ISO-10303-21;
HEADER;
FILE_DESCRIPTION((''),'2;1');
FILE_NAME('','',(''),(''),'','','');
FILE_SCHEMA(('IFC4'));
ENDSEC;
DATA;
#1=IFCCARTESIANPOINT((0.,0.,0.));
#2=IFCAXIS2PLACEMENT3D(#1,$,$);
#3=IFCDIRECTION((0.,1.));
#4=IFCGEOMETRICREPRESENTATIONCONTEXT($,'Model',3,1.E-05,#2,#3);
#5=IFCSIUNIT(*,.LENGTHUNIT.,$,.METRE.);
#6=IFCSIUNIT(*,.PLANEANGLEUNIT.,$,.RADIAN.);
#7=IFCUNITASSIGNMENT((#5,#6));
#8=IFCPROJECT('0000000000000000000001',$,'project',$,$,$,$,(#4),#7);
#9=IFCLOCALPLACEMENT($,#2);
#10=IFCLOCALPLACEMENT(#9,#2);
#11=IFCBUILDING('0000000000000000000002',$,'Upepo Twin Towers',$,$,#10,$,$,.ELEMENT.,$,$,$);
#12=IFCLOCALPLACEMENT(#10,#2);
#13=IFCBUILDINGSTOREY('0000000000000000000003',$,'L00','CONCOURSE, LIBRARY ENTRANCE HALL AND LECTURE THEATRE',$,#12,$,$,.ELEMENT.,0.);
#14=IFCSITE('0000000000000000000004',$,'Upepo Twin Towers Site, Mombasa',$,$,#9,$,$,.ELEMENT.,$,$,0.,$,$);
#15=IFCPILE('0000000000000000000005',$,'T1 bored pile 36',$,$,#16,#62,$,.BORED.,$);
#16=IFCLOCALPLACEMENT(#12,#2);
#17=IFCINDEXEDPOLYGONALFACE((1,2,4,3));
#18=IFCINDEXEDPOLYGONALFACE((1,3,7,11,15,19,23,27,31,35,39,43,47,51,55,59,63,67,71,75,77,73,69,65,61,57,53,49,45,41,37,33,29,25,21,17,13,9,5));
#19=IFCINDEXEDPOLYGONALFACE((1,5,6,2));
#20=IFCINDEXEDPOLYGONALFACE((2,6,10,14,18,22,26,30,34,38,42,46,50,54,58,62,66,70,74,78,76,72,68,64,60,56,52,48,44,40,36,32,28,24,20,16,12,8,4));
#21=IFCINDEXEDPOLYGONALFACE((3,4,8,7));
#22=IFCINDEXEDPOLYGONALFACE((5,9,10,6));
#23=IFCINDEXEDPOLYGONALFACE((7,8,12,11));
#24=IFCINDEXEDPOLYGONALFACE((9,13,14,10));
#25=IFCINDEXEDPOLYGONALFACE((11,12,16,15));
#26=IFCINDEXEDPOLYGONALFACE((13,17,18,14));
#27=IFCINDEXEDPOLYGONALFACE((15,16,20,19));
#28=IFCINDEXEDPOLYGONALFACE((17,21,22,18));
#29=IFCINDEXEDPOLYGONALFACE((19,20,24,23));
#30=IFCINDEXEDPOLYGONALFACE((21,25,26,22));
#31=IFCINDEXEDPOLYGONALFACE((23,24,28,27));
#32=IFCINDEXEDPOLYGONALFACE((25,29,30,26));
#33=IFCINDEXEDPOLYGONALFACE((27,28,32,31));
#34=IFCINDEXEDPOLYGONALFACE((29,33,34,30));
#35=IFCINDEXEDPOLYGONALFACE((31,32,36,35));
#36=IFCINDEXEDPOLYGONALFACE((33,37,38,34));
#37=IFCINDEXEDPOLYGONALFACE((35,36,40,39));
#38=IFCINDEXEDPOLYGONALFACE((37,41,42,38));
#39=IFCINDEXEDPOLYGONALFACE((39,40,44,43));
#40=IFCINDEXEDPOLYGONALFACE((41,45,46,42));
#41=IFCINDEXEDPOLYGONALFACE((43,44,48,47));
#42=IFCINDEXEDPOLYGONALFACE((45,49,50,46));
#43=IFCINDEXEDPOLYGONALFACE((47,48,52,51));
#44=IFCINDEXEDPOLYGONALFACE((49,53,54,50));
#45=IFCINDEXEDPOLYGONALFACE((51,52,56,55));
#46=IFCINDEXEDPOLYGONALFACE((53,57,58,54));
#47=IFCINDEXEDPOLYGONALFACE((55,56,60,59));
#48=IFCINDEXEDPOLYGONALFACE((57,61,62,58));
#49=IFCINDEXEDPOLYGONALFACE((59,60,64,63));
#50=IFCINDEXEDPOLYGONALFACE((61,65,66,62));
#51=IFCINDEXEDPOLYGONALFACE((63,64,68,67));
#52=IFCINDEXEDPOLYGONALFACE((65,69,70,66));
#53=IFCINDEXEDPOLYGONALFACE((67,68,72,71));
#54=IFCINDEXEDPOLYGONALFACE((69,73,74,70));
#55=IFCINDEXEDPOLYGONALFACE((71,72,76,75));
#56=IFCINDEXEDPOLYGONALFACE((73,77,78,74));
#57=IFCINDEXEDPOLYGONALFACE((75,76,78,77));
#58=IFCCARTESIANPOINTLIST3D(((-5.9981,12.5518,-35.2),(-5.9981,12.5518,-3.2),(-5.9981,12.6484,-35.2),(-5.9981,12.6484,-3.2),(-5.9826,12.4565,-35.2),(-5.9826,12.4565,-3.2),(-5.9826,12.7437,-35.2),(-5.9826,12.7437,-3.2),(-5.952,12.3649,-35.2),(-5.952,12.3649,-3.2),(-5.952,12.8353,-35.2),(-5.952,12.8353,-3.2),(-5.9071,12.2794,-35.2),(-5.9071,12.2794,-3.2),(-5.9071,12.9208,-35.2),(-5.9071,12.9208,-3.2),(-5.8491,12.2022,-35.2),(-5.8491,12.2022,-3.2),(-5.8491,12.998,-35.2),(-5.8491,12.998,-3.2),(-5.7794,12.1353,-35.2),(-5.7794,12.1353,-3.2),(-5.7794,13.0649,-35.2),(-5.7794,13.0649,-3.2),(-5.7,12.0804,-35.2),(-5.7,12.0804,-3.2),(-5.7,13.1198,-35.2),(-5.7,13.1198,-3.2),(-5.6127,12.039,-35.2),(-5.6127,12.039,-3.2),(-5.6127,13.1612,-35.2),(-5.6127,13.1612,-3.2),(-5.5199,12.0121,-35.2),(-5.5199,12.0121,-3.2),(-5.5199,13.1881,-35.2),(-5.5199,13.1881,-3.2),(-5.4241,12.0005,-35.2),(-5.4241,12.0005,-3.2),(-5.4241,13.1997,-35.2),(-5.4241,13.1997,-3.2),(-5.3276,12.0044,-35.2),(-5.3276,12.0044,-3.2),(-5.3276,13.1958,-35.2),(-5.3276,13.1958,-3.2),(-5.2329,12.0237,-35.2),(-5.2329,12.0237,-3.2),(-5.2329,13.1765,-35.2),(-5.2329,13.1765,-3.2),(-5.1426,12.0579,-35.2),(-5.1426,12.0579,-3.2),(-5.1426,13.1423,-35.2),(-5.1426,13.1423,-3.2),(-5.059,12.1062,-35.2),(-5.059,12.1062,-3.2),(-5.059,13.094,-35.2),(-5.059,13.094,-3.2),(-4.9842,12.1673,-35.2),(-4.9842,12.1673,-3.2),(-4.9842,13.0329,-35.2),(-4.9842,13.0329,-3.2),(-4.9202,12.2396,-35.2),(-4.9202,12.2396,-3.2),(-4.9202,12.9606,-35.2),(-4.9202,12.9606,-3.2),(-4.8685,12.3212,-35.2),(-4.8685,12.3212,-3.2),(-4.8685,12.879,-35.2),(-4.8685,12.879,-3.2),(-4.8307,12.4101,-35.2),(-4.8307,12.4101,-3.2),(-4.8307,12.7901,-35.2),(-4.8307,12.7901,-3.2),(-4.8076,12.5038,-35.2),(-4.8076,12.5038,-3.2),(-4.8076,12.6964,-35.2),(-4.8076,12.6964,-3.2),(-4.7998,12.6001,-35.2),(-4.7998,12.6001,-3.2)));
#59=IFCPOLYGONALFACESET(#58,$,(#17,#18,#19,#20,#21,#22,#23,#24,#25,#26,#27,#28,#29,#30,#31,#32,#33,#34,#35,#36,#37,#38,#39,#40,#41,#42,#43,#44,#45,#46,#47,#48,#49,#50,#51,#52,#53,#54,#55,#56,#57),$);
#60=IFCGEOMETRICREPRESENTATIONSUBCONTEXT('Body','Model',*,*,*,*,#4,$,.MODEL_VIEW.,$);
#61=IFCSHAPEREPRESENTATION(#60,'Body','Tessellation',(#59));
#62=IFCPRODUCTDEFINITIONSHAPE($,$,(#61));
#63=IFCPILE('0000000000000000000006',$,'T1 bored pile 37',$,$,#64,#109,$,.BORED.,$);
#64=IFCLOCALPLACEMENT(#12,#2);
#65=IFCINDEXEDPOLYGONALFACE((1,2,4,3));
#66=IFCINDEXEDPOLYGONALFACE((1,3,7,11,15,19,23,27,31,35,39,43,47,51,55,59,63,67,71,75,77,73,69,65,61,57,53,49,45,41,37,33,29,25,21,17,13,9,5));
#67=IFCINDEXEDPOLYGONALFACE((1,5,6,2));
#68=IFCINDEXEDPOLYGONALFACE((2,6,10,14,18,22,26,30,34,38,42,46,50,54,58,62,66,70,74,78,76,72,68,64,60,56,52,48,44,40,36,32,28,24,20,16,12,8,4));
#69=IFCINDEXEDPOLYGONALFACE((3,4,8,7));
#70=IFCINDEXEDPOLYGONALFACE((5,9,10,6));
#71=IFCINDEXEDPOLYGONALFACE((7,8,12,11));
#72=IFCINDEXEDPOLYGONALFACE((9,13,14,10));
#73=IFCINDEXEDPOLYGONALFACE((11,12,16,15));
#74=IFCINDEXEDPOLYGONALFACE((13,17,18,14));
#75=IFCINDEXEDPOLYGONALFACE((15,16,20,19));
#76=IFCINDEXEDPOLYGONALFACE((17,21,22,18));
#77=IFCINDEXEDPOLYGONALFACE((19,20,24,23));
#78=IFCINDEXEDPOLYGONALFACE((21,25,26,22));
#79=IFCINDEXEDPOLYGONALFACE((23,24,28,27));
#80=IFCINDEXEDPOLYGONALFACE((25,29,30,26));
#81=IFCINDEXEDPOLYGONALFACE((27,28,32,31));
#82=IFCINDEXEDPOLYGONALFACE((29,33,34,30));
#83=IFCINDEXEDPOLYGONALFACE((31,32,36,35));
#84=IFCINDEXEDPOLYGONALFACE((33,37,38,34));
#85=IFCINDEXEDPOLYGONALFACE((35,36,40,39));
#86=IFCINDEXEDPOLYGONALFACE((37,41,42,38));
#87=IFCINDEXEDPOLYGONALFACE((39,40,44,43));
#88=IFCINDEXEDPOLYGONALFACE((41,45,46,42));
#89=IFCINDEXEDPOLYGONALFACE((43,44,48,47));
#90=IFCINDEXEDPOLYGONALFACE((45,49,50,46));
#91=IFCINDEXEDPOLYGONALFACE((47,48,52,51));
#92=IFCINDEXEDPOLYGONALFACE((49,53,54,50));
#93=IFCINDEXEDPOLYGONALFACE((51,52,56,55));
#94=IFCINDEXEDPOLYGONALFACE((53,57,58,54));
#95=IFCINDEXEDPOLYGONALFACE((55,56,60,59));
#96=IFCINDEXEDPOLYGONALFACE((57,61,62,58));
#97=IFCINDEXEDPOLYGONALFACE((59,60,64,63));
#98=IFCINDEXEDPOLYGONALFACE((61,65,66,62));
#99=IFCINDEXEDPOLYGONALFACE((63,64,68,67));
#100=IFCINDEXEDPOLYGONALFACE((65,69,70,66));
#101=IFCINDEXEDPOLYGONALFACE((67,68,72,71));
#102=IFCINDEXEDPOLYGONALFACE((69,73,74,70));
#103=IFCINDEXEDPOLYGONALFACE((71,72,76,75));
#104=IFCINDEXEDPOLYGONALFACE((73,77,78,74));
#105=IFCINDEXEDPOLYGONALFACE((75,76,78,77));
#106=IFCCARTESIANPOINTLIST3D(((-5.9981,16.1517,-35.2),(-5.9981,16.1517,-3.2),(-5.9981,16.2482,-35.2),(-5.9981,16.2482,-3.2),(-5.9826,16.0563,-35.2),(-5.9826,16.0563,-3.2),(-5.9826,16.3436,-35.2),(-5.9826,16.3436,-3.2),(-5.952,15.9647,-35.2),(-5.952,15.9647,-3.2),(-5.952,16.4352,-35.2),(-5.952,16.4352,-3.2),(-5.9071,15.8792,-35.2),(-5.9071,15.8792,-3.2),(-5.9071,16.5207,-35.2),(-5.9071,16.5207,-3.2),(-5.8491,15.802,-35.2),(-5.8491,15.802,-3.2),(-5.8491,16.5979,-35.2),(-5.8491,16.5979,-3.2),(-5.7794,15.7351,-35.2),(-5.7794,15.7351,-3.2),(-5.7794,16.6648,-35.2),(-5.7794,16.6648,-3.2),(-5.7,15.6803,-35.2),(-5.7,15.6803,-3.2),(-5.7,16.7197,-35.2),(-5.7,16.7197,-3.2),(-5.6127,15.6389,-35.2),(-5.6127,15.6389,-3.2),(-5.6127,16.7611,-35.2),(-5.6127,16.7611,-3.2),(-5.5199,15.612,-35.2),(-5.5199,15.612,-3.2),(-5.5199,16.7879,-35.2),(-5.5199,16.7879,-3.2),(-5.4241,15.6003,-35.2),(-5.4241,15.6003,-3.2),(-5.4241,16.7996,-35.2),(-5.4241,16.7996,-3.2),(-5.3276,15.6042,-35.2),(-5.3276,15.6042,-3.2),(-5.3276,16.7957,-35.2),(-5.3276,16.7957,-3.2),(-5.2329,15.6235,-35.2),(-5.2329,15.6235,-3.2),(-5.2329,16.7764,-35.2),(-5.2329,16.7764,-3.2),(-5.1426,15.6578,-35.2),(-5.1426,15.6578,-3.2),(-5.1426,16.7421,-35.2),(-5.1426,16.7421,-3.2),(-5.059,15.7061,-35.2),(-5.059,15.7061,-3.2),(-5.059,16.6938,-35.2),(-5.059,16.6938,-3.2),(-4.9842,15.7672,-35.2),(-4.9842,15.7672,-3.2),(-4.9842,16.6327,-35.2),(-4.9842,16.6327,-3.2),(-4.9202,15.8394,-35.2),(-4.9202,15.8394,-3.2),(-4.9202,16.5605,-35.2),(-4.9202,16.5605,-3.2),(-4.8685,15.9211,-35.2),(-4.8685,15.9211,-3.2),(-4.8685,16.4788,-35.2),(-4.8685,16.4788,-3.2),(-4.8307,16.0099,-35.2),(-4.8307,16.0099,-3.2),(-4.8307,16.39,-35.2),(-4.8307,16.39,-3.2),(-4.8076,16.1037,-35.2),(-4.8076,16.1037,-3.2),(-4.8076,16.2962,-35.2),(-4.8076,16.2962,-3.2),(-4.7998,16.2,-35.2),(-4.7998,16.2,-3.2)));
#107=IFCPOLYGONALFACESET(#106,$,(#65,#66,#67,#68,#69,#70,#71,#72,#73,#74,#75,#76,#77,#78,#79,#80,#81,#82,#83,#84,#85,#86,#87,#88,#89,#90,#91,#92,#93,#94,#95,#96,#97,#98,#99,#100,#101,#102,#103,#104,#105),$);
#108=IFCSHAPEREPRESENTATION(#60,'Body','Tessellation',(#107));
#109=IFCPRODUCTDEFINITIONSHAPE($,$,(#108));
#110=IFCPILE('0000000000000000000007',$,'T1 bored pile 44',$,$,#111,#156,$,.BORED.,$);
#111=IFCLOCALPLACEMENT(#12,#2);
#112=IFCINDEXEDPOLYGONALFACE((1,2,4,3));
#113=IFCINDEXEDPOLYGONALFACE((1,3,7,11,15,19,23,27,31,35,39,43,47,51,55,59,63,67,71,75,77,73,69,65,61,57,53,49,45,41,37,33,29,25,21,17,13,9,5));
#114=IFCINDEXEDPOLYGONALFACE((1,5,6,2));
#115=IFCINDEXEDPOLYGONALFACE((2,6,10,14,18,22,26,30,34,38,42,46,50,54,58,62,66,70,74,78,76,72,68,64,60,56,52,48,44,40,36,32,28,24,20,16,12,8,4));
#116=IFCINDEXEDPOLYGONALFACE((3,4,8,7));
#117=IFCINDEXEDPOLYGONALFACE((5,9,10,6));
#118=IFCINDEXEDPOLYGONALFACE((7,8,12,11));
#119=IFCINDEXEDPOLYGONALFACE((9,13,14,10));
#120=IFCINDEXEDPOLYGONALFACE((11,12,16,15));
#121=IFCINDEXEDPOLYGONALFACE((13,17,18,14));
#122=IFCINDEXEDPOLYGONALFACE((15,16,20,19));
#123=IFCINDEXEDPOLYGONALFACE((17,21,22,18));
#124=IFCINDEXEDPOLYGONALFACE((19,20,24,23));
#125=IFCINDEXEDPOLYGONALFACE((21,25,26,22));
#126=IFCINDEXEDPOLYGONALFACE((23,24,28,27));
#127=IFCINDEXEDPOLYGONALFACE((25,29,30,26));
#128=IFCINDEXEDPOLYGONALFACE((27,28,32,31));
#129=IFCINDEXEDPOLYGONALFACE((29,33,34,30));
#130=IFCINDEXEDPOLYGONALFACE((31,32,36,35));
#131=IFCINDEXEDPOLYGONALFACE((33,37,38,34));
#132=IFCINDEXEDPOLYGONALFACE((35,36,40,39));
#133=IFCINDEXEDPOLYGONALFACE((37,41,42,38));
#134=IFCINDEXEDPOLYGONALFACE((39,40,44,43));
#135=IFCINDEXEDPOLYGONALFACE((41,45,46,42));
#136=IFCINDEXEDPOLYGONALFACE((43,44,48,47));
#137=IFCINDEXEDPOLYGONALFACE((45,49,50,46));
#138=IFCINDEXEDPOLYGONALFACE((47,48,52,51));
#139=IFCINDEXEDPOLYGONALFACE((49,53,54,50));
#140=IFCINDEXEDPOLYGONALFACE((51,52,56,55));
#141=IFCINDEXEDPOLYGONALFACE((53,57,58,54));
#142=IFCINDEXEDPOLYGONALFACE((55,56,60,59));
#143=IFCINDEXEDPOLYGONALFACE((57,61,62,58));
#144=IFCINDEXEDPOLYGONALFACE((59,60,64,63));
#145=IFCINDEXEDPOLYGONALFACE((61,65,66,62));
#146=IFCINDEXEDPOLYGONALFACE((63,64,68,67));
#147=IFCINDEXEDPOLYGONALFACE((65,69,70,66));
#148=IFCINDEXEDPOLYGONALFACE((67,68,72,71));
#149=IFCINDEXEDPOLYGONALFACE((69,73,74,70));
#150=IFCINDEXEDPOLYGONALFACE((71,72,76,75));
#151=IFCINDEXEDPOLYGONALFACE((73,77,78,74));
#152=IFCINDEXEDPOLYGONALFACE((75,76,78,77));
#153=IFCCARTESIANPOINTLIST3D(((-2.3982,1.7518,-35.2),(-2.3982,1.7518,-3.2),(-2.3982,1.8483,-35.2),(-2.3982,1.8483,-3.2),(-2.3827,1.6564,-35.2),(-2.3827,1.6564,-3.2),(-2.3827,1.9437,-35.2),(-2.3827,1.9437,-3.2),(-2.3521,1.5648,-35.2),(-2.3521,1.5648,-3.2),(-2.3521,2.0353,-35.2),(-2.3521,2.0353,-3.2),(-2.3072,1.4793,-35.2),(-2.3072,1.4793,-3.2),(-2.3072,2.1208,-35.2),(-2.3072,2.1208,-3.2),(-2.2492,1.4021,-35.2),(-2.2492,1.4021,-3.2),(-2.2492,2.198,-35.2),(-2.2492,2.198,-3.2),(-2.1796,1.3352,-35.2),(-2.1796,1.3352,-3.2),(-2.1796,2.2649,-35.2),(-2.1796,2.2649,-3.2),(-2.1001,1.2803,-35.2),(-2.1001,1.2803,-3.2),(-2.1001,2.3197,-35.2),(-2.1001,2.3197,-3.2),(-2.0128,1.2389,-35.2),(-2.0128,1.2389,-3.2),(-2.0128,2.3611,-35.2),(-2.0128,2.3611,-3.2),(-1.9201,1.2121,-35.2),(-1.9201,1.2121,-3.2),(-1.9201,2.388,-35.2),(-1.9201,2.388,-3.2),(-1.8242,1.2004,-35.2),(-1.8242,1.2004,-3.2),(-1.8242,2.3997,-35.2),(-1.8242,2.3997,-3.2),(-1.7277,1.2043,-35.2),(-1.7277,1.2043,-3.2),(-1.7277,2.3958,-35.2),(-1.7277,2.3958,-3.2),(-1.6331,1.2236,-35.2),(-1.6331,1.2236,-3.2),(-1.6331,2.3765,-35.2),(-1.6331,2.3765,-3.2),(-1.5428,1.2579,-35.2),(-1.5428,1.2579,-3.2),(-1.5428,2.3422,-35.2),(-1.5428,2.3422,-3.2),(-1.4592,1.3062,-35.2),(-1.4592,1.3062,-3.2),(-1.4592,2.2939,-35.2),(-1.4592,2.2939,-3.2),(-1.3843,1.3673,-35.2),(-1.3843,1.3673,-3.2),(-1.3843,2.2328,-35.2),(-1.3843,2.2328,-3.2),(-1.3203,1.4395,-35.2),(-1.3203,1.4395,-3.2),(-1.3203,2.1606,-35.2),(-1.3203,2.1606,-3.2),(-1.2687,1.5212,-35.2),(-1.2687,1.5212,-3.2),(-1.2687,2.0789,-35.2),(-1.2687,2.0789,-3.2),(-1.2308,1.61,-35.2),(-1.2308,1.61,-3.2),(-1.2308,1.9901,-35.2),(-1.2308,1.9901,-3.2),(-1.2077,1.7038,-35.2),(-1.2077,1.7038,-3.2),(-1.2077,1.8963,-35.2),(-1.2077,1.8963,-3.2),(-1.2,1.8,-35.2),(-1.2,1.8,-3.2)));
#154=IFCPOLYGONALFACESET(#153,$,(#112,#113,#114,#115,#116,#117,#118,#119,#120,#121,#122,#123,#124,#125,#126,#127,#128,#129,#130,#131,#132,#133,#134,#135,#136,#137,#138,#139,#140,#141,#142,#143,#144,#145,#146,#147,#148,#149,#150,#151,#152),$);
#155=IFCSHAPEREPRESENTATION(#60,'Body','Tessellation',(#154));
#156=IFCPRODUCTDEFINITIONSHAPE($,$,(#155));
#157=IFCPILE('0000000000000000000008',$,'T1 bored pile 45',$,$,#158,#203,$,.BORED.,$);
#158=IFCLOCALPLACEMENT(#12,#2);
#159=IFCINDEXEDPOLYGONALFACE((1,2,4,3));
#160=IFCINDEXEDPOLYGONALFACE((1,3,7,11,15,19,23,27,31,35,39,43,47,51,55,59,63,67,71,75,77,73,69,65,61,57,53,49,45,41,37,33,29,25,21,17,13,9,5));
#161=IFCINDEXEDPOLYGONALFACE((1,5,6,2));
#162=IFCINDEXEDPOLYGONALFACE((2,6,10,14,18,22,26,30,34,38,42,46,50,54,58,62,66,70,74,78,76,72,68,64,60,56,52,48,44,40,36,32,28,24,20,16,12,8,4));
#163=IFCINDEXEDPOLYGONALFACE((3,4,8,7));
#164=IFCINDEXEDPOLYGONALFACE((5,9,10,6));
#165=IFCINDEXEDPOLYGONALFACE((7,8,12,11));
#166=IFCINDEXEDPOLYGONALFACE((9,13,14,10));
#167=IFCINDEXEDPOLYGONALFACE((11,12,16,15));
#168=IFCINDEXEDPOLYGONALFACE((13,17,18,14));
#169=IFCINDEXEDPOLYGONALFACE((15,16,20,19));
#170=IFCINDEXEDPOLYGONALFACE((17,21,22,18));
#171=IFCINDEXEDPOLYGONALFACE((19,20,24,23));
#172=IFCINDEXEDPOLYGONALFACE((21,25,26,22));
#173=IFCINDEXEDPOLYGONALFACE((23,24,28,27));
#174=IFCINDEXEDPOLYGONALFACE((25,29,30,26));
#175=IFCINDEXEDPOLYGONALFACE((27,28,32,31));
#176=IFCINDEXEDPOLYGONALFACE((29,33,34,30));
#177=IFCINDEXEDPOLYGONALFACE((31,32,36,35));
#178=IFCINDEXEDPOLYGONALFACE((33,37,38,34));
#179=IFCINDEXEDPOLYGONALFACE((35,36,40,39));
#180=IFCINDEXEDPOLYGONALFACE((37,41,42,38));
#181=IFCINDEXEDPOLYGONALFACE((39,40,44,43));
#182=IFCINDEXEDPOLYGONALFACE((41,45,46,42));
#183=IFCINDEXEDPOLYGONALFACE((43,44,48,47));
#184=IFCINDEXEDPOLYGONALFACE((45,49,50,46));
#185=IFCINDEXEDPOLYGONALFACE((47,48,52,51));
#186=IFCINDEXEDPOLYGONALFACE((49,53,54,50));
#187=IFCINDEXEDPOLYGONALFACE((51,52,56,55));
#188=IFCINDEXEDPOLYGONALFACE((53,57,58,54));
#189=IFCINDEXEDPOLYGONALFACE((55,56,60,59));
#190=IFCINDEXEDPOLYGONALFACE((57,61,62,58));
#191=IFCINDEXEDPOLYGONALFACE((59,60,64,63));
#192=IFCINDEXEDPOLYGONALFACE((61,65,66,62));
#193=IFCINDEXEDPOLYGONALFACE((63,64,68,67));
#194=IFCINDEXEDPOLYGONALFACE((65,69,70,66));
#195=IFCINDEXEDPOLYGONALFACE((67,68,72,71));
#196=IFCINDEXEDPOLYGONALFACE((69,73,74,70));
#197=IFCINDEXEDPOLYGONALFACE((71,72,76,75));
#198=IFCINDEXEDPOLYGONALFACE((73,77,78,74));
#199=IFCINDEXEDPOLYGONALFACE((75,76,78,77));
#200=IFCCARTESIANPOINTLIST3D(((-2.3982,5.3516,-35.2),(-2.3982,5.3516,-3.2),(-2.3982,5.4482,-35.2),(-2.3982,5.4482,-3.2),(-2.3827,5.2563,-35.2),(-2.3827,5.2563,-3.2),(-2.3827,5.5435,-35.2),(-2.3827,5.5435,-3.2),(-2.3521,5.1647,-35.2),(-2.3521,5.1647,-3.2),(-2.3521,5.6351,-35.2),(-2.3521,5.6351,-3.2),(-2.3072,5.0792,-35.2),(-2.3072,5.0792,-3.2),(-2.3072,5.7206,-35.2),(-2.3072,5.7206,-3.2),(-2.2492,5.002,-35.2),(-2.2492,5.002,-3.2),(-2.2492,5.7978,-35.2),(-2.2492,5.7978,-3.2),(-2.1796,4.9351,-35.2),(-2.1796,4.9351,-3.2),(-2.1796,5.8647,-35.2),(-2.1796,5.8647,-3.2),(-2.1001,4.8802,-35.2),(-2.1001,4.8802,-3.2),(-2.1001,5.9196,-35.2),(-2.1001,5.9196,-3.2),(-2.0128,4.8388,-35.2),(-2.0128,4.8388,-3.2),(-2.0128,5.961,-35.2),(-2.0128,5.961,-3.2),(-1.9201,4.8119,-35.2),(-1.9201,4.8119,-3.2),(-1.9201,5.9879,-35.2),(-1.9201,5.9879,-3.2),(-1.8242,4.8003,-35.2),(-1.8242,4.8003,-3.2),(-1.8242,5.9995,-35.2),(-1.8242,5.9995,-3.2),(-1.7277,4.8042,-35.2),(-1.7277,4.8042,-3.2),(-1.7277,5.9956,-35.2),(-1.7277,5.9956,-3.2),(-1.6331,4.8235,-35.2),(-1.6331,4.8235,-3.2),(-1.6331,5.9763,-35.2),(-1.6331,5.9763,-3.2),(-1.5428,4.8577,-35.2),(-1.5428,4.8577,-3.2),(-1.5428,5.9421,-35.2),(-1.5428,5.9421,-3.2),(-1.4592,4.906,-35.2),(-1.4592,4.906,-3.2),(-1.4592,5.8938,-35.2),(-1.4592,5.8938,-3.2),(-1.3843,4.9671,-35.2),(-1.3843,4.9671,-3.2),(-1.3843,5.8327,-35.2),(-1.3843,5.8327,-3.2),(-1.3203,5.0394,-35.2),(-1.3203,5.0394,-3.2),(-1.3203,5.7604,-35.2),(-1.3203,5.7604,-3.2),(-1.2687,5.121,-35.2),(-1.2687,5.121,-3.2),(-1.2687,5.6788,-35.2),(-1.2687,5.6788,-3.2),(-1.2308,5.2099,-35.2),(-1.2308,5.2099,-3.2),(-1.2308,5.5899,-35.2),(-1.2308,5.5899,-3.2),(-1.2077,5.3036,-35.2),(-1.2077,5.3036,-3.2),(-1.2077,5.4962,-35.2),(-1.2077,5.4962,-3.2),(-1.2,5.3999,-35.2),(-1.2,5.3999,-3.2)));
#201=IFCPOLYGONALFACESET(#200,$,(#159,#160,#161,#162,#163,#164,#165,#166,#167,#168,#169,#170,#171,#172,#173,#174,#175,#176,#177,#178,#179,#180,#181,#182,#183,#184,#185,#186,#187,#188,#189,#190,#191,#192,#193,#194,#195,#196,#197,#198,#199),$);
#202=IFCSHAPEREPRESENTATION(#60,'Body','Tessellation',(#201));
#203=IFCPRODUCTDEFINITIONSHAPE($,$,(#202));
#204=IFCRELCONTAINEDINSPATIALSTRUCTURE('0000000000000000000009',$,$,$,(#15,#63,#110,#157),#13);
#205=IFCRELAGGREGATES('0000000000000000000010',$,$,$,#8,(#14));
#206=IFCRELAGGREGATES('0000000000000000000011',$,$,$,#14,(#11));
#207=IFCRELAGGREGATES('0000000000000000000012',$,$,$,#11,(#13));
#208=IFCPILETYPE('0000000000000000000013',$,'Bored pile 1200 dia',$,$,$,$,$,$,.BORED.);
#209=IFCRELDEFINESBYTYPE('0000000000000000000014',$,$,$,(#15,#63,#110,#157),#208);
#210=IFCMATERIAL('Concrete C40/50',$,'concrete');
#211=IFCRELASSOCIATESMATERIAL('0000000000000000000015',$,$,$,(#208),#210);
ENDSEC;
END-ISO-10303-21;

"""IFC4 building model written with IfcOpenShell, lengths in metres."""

from ifc_helpers import new_model, si_unit, direction, frame, origin, origin_2d, place, context, subcontext, project, spatial, circle, extrude, material, type_object, element, save


model = new_model("IFC4")

# Units and contexts
model_context = context("Model", 3, precision=1e-05, world=origin(), true_north=direction((0.0, 1.0)))
body_context = subcontext(model_context, "Body", "Model", "MODEL_VIEW")
ifc_project = project(units=[si_unit("LENGTHUNIT", "METRE"), si_unit("PLANEANGLEUNIT", "RADIAN")], contexts=[model_context])

# Site, building, storey
site_placement = place(None, origin())
site = spatial("IfcSite", under=ifc_project, at=site_placement, Name="Upepo Twin Towers Site, Mombasa", CompositionType="ELEMENT", RefElevation=0.0)
building_placement = place(site_placement, origin())
building = spatial("IfcBuilding", under=site, at=building_placement, Name="Upepo Twin Towers", CompositionType="ELEMENT")
storey_placement = place(building_placement, origin())
storey = spatial("IfcBuildingStorey", under=building, at=storey_placement, Name="L00", Description="CONCOURSE, LIBRARY ENTRANCE HALL AND LECTURE THEATRE", CompositionType="ELEMENT", Elevation=0.0)

# Piles
ifc_material_1 = material(Name="Concrete C40/50", Category="concrete")
pile_type = type_object("IfcPileType", Name="Bored pile 1200 dia", PredefinedType="BORED", material=ifc_material_1)
for number, where, z_axis, x_axis, name in (
    (1, (-5.3999, 12.6001, -3.2), (0.0, 0.0, -1.0), (1.0, 0.0, 0.0), "T1 bored pile 36"),
    (2, (-5.3999, 16.2, -3.2), (0.0, 0.0, -1.0), (1.0, 0.0, 0.0), "T1 bored pile 37"),
    (3, (-1.8, 1.8, -3.2), (0.0, 0.0, -1.0), (1.0, 0.0, 0.0), "T1 bored pile 44"),
    (4, (-1.8, 5.3999, -3.2), (0.0, 0.0, -1.0), (1.0, 0.0, 0.0), "T1 bored pile 45"),
):
    element("IfcPile", number, at=place(storey_placement, frame(where, z_axis=z_axis, x_axis=x_axis)), inside=storey, type_object=pile_type, Name=name, PredefinedType="BORED", context=body_context, shape_type="SweptSolid", body=[
        extrude(circle(Radius=0.6001, at=origin_2d()), origin(), (0.0, 0.0, 1.0), 32.0),
    ])

save(model, "model.ifc")
